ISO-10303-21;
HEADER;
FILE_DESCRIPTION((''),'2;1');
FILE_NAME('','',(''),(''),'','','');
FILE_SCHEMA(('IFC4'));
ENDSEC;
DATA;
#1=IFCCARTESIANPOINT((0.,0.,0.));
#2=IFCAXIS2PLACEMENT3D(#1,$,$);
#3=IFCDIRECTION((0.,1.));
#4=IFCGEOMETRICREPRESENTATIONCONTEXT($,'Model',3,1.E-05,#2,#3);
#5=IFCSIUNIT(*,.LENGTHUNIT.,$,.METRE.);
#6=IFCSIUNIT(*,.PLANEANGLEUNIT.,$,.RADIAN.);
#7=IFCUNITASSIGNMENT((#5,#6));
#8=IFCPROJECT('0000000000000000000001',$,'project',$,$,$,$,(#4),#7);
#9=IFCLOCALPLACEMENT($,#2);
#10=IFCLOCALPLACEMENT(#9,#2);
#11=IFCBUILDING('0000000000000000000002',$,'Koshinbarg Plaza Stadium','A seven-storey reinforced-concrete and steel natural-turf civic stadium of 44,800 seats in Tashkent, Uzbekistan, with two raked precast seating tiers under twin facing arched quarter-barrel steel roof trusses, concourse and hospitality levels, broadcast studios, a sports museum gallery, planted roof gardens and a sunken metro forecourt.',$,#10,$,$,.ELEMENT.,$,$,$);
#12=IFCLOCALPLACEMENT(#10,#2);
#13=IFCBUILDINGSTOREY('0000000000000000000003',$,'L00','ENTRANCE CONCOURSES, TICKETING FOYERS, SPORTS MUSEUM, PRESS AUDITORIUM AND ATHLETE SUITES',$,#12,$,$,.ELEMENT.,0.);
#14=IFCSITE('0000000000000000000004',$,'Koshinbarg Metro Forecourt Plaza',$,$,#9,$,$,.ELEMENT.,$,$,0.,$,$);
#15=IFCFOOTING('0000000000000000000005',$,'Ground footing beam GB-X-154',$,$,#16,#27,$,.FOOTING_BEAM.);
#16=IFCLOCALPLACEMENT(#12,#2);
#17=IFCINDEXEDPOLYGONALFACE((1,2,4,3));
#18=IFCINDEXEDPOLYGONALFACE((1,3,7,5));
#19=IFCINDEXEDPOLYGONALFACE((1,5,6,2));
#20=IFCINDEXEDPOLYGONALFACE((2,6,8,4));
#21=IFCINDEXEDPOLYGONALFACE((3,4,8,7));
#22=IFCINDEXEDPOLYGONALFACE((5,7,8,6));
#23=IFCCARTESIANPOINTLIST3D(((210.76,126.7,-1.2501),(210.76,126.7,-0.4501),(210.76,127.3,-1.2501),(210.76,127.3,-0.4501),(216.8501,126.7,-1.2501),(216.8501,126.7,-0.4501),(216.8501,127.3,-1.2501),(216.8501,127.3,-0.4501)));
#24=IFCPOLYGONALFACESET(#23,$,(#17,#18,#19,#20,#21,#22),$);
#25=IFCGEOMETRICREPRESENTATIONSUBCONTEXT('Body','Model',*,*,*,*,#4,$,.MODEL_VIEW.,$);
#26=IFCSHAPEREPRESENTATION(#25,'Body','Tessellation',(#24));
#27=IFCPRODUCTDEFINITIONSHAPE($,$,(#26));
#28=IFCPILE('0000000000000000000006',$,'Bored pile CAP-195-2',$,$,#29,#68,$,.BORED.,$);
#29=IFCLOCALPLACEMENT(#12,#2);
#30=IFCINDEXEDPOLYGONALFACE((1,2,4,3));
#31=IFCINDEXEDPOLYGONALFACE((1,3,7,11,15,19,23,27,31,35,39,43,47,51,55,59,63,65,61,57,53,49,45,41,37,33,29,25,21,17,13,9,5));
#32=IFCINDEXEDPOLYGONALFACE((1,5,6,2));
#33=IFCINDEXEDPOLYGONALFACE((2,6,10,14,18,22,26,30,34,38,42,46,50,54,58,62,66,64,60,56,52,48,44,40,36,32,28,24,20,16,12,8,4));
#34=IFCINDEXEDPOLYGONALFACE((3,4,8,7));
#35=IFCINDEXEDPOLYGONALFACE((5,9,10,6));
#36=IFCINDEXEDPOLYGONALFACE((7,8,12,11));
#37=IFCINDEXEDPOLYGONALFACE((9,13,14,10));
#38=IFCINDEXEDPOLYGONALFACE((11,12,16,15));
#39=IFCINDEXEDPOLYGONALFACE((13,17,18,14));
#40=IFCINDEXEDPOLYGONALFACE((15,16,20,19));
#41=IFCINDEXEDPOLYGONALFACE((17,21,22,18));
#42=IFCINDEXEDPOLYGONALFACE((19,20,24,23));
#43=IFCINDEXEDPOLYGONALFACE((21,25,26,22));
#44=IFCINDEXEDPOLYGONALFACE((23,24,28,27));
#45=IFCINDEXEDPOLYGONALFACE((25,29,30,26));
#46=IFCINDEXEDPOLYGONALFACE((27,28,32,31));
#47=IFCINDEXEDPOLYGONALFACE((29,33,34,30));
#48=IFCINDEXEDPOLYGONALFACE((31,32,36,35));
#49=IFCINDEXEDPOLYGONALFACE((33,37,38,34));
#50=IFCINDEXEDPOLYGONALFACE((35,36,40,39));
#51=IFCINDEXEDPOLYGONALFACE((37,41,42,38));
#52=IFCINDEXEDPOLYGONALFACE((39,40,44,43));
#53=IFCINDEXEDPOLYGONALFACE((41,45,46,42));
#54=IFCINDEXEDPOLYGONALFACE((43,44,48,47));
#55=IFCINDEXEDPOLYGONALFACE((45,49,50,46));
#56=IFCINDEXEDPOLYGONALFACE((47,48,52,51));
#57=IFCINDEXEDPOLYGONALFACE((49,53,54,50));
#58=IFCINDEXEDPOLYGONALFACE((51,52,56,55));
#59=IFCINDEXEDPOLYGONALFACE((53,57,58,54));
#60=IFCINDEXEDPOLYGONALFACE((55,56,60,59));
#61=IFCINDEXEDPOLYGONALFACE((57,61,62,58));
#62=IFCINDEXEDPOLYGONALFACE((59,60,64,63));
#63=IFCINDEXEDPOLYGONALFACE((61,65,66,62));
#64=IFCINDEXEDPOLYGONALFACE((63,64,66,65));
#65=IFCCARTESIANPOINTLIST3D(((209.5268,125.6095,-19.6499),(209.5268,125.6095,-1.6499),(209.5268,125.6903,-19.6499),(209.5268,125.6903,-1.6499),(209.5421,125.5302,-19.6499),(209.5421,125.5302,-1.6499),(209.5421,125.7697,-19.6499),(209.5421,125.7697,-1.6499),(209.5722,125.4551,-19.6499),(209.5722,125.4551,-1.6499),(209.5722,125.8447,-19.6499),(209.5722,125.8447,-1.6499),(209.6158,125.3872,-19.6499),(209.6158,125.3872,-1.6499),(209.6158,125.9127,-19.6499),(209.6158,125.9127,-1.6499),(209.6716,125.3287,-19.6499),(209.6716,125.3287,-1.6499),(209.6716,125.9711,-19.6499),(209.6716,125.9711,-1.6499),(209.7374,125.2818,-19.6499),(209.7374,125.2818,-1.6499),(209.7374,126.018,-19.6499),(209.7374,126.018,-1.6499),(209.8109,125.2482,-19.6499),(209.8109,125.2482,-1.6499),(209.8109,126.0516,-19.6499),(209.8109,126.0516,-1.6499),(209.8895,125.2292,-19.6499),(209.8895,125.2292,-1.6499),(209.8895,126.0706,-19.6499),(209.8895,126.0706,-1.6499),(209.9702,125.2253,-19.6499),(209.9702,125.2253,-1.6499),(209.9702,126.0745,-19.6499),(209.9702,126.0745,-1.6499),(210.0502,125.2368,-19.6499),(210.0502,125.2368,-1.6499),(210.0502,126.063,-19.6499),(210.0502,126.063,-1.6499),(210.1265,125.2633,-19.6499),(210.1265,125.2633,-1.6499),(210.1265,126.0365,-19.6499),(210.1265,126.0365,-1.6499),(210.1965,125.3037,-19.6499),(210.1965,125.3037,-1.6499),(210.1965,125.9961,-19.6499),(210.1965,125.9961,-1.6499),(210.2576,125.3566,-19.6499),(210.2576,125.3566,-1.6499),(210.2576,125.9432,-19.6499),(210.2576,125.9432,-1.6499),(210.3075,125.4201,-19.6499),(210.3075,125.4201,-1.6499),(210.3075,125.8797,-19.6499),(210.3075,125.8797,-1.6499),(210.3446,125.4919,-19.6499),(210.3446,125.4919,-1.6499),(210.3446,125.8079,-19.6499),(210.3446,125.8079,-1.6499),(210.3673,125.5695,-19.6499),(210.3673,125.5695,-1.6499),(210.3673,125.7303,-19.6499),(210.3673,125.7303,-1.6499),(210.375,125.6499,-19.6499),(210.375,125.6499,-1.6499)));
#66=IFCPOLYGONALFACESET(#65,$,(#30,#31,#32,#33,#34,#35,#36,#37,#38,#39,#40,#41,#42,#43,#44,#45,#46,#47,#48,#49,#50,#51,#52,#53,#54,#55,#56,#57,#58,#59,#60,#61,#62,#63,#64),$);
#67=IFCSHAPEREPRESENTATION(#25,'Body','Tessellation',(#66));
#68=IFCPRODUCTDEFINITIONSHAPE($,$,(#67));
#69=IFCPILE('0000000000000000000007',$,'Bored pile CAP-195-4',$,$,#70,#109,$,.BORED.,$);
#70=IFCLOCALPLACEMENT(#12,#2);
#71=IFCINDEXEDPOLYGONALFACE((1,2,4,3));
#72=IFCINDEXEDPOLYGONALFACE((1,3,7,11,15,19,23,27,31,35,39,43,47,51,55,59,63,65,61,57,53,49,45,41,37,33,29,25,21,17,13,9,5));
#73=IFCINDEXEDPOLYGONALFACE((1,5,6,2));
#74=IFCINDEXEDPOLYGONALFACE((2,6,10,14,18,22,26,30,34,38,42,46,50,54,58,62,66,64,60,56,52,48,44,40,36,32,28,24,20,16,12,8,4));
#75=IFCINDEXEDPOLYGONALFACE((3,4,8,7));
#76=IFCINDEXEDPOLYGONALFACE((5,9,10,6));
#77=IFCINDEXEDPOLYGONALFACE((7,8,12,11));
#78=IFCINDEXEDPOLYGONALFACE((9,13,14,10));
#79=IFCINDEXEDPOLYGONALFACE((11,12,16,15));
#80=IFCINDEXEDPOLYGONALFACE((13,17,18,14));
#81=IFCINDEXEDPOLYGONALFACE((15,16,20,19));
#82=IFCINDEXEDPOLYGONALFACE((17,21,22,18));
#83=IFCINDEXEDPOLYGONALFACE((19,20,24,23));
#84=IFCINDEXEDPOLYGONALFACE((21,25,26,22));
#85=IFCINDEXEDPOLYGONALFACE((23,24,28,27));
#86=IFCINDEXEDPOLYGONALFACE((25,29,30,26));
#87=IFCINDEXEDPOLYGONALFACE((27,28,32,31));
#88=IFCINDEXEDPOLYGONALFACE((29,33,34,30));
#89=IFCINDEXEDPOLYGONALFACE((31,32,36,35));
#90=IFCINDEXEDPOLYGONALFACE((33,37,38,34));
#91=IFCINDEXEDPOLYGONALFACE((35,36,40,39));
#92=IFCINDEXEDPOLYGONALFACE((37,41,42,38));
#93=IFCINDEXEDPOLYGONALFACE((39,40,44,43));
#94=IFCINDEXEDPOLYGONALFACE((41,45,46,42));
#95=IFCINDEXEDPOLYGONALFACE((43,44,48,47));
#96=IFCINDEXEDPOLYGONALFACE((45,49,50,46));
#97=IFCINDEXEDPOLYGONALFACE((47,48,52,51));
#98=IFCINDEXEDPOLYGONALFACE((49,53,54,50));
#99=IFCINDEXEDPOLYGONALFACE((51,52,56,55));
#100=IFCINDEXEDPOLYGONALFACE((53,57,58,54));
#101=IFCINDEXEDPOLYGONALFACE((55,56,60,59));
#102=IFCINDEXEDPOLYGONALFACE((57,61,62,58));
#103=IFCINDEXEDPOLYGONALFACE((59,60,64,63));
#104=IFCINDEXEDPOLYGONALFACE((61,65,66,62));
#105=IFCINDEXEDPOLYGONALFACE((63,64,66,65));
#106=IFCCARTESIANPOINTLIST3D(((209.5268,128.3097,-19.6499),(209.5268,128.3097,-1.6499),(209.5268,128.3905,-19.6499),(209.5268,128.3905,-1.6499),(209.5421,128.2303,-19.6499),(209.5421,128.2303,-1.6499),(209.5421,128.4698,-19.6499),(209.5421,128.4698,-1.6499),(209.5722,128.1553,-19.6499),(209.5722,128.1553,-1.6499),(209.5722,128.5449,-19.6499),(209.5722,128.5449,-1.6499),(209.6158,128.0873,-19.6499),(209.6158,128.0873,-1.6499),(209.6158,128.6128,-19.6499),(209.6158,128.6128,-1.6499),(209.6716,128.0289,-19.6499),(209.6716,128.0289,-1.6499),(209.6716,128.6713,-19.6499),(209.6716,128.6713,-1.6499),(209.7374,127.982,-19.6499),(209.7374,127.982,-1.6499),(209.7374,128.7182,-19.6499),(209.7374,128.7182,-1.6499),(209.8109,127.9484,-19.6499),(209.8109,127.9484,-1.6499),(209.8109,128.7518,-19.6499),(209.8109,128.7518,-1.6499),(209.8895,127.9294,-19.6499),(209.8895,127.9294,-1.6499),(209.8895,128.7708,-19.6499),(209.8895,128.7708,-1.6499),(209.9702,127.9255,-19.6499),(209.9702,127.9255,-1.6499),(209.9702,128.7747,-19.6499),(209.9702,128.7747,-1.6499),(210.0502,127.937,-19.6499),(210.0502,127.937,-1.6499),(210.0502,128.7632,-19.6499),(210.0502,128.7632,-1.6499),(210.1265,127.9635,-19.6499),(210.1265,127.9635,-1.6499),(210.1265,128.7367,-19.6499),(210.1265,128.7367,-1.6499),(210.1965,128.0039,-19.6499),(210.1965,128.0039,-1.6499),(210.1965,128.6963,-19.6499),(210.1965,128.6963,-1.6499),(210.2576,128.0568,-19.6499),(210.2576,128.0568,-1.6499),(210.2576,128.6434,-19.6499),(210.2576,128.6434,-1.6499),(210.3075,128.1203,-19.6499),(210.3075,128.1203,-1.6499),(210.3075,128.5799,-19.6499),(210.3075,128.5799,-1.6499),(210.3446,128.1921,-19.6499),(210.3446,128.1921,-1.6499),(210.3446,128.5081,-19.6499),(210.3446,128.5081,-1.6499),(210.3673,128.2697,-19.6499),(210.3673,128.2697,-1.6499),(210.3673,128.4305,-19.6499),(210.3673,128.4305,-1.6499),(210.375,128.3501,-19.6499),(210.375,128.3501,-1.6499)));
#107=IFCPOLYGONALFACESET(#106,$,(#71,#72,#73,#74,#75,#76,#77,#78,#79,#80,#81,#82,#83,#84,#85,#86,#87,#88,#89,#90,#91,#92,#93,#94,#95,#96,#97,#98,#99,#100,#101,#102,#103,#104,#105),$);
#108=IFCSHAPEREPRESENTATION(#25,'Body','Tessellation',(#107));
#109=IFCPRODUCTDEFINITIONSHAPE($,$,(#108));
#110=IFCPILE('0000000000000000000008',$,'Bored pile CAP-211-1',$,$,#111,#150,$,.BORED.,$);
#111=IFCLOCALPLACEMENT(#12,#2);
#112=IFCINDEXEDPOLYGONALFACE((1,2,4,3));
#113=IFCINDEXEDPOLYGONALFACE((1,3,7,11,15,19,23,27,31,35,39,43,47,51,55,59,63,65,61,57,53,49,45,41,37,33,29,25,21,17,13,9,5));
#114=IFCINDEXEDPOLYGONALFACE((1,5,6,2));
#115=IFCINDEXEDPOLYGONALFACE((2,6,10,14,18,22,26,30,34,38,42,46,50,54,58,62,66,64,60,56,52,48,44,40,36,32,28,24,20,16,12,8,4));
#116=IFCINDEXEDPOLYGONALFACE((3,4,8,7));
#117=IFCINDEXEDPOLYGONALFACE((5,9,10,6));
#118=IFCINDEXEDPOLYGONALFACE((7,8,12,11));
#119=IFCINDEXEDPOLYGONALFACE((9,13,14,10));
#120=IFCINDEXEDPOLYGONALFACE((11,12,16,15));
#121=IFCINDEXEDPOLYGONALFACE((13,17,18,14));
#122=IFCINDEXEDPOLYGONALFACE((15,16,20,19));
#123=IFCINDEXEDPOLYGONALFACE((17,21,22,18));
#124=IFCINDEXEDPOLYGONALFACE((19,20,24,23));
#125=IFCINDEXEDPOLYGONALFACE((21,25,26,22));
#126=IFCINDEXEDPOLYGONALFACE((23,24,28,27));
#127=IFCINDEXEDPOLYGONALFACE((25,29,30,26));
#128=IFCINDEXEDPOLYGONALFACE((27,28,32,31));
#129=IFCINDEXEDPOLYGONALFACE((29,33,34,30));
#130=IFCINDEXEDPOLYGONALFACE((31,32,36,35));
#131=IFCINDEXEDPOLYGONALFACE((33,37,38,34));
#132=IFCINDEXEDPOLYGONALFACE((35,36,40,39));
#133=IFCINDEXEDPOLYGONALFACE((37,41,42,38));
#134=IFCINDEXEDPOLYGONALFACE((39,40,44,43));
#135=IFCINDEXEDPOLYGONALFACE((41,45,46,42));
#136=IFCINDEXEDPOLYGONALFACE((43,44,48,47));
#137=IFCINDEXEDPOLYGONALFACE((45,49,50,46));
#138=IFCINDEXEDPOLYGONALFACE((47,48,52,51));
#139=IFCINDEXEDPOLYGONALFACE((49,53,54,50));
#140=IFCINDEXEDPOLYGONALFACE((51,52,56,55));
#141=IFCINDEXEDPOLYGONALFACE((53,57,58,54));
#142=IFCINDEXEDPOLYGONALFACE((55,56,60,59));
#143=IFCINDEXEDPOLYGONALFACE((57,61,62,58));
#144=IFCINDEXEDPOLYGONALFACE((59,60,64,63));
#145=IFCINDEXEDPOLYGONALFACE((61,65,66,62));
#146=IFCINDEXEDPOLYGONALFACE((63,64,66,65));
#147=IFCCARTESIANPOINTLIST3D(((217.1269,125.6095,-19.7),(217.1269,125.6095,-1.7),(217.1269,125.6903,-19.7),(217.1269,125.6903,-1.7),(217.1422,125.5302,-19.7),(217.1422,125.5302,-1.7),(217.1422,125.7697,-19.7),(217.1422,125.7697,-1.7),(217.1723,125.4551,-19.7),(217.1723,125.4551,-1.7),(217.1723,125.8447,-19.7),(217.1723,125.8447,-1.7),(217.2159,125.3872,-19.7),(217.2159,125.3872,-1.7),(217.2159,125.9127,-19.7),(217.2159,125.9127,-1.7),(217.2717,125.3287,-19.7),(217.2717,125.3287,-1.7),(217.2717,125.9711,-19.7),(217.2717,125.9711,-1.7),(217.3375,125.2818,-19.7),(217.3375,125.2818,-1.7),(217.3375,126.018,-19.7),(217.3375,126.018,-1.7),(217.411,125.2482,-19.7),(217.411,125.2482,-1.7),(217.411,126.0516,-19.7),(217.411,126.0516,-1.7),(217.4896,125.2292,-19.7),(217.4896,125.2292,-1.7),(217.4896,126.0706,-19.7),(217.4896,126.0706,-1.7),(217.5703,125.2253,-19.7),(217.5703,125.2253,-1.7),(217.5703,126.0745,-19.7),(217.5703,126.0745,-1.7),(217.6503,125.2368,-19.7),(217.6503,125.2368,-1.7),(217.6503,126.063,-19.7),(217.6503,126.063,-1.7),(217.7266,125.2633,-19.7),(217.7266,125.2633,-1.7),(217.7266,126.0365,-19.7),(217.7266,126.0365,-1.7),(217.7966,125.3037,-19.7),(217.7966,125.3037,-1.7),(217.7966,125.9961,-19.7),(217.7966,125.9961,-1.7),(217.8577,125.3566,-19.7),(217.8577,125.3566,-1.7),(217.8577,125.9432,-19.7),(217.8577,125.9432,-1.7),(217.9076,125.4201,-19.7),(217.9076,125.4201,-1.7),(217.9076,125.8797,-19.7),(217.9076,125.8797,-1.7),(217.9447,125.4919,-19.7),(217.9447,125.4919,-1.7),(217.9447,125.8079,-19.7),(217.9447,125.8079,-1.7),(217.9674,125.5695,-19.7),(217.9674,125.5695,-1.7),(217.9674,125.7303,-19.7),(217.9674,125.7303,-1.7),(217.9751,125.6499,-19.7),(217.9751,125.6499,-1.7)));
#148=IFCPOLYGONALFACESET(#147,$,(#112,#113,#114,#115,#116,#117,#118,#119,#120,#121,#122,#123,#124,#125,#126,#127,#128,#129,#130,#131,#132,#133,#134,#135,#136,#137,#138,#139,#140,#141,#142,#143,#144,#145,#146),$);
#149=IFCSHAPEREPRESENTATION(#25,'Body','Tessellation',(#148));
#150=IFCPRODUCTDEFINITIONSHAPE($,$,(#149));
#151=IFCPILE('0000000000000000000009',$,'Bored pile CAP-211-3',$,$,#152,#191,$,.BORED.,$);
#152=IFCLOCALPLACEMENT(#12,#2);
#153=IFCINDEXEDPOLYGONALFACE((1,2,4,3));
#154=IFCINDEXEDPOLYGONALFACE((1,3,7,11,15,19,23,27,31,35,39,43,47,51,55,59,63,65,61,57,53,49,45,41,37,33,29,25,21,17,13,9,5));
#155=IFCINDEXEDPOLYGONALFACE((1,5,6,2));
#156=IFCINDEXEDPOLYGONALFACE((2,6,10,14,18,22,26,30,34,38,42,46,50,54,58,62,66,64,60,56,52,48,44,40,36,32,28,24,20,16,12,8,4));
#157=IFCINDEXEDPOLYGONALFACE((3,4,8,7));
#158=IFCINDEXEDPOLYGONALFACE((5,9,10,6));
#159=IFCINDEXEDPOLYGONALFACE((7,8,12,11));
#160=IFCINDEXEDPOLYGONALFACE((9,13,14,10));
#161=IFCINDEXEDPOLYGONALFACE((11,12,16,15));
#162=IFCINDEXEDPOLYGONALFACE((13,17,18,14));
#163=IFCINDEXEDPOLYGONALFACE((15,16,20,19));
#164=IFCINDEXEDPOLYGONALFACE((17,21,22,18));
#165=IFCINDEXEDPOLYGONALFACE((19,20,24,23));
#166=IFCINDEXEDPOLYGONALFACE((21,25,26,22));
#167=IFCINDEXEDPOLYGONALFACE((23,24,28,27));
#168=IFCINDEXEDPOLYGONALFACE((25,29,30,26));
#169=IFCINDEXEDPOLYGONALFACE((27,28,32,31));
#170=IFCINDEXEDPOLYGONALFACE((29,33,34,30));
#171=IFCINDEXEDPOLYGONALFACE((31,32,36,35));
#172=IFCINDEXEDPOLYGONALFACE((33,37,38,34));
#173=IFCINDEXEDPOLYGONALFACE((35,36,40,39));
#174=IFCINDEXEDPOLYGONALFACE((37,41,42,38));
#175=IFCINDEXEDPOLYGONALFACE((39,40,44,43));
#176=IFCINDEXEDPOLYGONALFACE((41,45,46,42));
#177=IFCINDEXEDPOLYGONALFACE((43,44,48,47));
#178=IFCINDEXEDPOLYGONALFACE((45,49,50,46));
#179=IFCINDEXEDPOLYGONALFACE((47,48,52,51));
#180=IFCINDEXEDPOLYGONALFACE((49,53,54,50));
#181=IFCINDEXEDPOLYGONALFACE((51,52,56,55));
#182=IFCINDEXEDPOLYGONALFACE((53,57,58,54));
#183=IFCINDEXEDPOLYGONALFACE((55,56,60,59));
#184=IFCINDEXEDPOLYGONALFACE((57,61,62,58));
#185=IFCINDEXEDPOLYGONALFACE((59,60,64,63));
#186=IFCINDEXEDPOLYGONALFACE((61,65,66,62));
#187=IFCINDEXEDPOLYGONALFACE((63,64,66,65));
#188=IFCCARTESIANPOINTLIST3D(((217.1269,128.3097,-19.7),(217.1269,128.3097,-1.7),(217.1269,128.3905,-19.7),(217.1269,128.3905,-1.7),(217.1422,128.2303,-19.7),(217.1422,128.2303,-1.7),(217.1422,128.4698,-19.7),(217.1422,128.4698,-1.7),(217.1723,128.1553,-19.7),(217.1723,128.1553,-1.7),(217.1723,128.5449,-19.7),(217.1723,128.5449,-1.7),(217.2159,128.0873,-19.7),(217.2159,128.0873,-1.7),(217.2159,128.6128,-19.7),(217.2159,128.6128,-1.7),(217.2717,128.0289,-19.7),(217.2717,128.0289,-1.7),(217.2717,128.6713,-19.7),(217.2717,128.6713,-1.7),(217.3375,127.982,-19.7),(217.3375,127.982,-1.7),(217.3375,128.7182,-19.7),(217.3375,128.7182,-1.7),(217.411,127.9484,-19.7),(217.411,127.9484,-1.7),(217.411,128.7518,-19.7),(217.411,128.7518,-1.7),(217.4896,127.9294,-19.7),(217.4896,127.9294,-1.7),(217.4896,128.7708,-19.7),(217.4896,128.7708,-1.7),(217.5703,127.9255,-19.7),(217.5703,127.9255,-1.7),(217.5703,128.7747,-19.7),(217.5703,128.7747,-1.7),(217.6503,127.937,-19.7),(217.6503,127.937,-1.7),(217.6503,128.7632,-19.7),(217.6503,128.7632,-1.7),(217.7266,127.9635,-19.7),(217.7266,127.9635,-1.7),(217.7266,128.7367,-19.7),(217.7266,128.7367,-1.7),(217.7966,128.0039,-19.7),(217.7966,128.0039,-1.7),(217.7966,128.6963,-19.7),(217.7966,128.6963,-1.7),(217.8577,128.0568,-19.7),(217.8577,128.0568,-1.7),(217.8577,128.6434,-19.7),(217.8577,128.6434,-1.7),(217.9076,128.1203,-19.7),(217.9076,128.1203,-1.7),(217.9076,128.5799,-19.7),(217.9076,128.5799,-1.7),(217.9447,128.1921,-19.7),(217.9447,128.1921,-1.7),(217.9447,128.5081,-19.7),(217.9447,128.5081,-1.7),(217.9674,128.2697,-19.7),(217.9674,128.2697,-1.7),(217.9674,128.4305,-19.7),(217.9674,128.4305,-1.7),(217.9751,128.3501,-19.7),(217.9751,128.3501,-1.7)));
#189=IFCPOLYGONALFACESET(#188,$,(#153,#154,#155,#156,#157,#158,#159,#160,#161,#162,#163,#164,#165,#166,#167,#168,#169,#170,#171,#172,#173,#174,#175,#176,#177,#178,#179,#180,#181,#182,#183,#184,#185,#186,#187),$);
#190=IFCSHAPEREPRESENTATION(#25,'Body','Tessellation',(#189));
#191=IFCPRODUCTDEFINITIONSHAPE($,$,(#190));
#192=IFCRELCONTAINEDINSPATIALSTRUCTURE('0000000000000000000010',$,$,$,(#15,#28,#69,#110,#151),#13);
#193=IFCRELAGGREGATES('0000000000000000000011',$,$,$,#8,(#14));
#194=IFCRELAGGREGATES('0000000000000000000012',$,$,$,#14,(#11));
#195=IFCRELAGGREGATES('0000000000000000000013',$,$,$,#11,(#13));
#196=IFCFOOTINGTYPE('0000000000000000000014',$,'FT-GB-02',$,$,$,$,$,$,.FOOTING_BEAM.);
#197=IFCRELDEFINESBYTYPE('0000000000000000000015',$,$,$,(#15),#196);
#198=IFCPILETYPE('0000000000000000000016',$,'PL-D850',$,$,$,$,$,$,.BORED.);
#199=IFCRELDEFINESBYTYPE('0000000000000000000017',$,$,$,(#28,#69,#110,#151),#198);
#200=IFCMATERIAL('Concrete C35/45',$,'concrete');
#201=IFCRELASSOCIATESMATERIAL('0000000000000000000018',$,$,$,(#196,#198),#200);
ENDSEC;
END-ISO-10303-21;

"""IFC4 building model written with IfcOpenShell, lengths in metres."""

from ifc_helpers import new_model, si_unit, direction, frame, origin, origin_2d, place, context, subcontext, project, spatial, rectangle, circle, extrude, material, material_profile, profile_set, type_object, element, save


model = new_model("IFC4")

# Units and contexts
model_context = context("Model", 3, precision=1e-05, world=origin(), true_north=direction((0.0, 1.0)))
body_context = subcontext(model_context, "Body", "Model", "MODEL_VIEW")
ifc_project = project(units=[si_unit("LENGTHUNIT", "METRE"), si_unit("PLANEANGLEUNIT", "RADIAN")], contexts=[model_context])

# Site, building, storey
site_placement = place(None, origin())
site = spatial("IfcSite", under=ifc_project, at=site_placement, Name="Koshinbarg Metro Forecourt Plaza", CompositionType="ELEMENT", RefElevation=0.0)
building_placement = place(site_placement, origin())
building = spatial("IfcBuilding", under=site, at=building_placement, Name="Koshinbarg Plaza Stadium", Description="A seven-storey reinforced-concrete and steel natural-turf civic stadium of 44,800 seats in Tashkent, Uzbekistan, with two raked precast seating tiers under twin facing arched quarter-barrel steel roof trusses, concourse and hospitality levels, broadcast studios, a sports museum gallery, planted roof gardens and a sunken metro forecourt.", CompositionType="ELEMENT")
storey_placement = place(building_placement, origin())
storey = spatial("IfcBuildingStorey", under=building, at=storey_placement, Name="L00", Description="ENTRANCE CONCOURSES, TICKETING FOYERS, SPORTS MUSEUM, PRESS AUDITORIUM AND ATHLETE SUITES", CompositionType="ELEMENT", Elevation=0.0)

# Footing
ifc_material_1 = material(Name="Concrete C35/45", Category="concrete")
ifc_material_profile_1 = material_profile(ifc_material_1, rectangle(XDim=0.6001, YDim=0.8, at=origin_2d()), Name="GB 600x800")
ifc_profile_set_1 = profile_set([ifc_material_profile_1], Name="Concrete C35/45")
footing_type = type_object("IfcFootingType", Name="FT-GB-02", PredefinedType="FOOTING_BEAM", material=ifc_profile_set_1)
footing_placement = place(storey_placement, frame((210.76, 127.0, -0.8501), z_axis=(1.0, 0.0, 0.0), x_axis=(0.0, 1.0, 0.0)))
element("IfcFooting", 1, at=footing_placement, inside=storey, type_object=footing_type, Name="Ground footing beam GB-X-154", PredefinedType="FOOTING_BEAM", context=body_context, shape_type="SweptSolid", body=[
    extrude(rectangle(XDim=0.6001, YDim=0.8, at=origin_2d()), origin(), (0.0, 0.0, 1.0), 6.0901),
])

# Piles
ifc_material_profile_2 = material_profile(ifc_material_1, circle(Radius=0.425, at=origin_2d()), Name="PILE D850")
ifc_profile_set_2 = profile_set([ifc_material_profile_2], Name="Concrete C35/45")
pile_type = type_object("IfcPileType", Name="PL-D850", PredefinedType="BORED", material=ifc_profile_set_2)
for number, where, z_axis, x_axis, name in (
    (2, (209.95, 125.6499, -1.6499), (0.0, 0.0, -1.0), (1.0, 0.0, 0.0), "Bored pile CAP-195-2"),
    (3, (209.95, 128.3501, -1.6499), (0.0, 0.0, -1.0), (1.0, 0.0, 0.0), "Bored pile CAP-195-4"),
    (4, (217.55, 125.6499, -1.7), (0.0, 0.0, -1.0), (1.0, 0.0, 0.0), "Bored pile CAP-211-1"),
    (5, (217.55, 128.3501, -1.7), (0.0, 0.0, -1.0), (1.0, 0.0, 0.0), "Bored pile CAP-211-3"),
):
    element("IfcPile", number, at=place(storey_placement, frame(where, z_axis=z_axis, x_axis=x_axis)), inside=storey, type_object=pile_type, Name=name, PredefinedType="BORED", context=body_context, shape_type="SweptSolid", body=[
        extrude(circle(Radius=0.425, at=origin_2d()), origin(), (0.0, 0.0, 1.0), 18.0),
    ])

save(model, "model.ifc")
